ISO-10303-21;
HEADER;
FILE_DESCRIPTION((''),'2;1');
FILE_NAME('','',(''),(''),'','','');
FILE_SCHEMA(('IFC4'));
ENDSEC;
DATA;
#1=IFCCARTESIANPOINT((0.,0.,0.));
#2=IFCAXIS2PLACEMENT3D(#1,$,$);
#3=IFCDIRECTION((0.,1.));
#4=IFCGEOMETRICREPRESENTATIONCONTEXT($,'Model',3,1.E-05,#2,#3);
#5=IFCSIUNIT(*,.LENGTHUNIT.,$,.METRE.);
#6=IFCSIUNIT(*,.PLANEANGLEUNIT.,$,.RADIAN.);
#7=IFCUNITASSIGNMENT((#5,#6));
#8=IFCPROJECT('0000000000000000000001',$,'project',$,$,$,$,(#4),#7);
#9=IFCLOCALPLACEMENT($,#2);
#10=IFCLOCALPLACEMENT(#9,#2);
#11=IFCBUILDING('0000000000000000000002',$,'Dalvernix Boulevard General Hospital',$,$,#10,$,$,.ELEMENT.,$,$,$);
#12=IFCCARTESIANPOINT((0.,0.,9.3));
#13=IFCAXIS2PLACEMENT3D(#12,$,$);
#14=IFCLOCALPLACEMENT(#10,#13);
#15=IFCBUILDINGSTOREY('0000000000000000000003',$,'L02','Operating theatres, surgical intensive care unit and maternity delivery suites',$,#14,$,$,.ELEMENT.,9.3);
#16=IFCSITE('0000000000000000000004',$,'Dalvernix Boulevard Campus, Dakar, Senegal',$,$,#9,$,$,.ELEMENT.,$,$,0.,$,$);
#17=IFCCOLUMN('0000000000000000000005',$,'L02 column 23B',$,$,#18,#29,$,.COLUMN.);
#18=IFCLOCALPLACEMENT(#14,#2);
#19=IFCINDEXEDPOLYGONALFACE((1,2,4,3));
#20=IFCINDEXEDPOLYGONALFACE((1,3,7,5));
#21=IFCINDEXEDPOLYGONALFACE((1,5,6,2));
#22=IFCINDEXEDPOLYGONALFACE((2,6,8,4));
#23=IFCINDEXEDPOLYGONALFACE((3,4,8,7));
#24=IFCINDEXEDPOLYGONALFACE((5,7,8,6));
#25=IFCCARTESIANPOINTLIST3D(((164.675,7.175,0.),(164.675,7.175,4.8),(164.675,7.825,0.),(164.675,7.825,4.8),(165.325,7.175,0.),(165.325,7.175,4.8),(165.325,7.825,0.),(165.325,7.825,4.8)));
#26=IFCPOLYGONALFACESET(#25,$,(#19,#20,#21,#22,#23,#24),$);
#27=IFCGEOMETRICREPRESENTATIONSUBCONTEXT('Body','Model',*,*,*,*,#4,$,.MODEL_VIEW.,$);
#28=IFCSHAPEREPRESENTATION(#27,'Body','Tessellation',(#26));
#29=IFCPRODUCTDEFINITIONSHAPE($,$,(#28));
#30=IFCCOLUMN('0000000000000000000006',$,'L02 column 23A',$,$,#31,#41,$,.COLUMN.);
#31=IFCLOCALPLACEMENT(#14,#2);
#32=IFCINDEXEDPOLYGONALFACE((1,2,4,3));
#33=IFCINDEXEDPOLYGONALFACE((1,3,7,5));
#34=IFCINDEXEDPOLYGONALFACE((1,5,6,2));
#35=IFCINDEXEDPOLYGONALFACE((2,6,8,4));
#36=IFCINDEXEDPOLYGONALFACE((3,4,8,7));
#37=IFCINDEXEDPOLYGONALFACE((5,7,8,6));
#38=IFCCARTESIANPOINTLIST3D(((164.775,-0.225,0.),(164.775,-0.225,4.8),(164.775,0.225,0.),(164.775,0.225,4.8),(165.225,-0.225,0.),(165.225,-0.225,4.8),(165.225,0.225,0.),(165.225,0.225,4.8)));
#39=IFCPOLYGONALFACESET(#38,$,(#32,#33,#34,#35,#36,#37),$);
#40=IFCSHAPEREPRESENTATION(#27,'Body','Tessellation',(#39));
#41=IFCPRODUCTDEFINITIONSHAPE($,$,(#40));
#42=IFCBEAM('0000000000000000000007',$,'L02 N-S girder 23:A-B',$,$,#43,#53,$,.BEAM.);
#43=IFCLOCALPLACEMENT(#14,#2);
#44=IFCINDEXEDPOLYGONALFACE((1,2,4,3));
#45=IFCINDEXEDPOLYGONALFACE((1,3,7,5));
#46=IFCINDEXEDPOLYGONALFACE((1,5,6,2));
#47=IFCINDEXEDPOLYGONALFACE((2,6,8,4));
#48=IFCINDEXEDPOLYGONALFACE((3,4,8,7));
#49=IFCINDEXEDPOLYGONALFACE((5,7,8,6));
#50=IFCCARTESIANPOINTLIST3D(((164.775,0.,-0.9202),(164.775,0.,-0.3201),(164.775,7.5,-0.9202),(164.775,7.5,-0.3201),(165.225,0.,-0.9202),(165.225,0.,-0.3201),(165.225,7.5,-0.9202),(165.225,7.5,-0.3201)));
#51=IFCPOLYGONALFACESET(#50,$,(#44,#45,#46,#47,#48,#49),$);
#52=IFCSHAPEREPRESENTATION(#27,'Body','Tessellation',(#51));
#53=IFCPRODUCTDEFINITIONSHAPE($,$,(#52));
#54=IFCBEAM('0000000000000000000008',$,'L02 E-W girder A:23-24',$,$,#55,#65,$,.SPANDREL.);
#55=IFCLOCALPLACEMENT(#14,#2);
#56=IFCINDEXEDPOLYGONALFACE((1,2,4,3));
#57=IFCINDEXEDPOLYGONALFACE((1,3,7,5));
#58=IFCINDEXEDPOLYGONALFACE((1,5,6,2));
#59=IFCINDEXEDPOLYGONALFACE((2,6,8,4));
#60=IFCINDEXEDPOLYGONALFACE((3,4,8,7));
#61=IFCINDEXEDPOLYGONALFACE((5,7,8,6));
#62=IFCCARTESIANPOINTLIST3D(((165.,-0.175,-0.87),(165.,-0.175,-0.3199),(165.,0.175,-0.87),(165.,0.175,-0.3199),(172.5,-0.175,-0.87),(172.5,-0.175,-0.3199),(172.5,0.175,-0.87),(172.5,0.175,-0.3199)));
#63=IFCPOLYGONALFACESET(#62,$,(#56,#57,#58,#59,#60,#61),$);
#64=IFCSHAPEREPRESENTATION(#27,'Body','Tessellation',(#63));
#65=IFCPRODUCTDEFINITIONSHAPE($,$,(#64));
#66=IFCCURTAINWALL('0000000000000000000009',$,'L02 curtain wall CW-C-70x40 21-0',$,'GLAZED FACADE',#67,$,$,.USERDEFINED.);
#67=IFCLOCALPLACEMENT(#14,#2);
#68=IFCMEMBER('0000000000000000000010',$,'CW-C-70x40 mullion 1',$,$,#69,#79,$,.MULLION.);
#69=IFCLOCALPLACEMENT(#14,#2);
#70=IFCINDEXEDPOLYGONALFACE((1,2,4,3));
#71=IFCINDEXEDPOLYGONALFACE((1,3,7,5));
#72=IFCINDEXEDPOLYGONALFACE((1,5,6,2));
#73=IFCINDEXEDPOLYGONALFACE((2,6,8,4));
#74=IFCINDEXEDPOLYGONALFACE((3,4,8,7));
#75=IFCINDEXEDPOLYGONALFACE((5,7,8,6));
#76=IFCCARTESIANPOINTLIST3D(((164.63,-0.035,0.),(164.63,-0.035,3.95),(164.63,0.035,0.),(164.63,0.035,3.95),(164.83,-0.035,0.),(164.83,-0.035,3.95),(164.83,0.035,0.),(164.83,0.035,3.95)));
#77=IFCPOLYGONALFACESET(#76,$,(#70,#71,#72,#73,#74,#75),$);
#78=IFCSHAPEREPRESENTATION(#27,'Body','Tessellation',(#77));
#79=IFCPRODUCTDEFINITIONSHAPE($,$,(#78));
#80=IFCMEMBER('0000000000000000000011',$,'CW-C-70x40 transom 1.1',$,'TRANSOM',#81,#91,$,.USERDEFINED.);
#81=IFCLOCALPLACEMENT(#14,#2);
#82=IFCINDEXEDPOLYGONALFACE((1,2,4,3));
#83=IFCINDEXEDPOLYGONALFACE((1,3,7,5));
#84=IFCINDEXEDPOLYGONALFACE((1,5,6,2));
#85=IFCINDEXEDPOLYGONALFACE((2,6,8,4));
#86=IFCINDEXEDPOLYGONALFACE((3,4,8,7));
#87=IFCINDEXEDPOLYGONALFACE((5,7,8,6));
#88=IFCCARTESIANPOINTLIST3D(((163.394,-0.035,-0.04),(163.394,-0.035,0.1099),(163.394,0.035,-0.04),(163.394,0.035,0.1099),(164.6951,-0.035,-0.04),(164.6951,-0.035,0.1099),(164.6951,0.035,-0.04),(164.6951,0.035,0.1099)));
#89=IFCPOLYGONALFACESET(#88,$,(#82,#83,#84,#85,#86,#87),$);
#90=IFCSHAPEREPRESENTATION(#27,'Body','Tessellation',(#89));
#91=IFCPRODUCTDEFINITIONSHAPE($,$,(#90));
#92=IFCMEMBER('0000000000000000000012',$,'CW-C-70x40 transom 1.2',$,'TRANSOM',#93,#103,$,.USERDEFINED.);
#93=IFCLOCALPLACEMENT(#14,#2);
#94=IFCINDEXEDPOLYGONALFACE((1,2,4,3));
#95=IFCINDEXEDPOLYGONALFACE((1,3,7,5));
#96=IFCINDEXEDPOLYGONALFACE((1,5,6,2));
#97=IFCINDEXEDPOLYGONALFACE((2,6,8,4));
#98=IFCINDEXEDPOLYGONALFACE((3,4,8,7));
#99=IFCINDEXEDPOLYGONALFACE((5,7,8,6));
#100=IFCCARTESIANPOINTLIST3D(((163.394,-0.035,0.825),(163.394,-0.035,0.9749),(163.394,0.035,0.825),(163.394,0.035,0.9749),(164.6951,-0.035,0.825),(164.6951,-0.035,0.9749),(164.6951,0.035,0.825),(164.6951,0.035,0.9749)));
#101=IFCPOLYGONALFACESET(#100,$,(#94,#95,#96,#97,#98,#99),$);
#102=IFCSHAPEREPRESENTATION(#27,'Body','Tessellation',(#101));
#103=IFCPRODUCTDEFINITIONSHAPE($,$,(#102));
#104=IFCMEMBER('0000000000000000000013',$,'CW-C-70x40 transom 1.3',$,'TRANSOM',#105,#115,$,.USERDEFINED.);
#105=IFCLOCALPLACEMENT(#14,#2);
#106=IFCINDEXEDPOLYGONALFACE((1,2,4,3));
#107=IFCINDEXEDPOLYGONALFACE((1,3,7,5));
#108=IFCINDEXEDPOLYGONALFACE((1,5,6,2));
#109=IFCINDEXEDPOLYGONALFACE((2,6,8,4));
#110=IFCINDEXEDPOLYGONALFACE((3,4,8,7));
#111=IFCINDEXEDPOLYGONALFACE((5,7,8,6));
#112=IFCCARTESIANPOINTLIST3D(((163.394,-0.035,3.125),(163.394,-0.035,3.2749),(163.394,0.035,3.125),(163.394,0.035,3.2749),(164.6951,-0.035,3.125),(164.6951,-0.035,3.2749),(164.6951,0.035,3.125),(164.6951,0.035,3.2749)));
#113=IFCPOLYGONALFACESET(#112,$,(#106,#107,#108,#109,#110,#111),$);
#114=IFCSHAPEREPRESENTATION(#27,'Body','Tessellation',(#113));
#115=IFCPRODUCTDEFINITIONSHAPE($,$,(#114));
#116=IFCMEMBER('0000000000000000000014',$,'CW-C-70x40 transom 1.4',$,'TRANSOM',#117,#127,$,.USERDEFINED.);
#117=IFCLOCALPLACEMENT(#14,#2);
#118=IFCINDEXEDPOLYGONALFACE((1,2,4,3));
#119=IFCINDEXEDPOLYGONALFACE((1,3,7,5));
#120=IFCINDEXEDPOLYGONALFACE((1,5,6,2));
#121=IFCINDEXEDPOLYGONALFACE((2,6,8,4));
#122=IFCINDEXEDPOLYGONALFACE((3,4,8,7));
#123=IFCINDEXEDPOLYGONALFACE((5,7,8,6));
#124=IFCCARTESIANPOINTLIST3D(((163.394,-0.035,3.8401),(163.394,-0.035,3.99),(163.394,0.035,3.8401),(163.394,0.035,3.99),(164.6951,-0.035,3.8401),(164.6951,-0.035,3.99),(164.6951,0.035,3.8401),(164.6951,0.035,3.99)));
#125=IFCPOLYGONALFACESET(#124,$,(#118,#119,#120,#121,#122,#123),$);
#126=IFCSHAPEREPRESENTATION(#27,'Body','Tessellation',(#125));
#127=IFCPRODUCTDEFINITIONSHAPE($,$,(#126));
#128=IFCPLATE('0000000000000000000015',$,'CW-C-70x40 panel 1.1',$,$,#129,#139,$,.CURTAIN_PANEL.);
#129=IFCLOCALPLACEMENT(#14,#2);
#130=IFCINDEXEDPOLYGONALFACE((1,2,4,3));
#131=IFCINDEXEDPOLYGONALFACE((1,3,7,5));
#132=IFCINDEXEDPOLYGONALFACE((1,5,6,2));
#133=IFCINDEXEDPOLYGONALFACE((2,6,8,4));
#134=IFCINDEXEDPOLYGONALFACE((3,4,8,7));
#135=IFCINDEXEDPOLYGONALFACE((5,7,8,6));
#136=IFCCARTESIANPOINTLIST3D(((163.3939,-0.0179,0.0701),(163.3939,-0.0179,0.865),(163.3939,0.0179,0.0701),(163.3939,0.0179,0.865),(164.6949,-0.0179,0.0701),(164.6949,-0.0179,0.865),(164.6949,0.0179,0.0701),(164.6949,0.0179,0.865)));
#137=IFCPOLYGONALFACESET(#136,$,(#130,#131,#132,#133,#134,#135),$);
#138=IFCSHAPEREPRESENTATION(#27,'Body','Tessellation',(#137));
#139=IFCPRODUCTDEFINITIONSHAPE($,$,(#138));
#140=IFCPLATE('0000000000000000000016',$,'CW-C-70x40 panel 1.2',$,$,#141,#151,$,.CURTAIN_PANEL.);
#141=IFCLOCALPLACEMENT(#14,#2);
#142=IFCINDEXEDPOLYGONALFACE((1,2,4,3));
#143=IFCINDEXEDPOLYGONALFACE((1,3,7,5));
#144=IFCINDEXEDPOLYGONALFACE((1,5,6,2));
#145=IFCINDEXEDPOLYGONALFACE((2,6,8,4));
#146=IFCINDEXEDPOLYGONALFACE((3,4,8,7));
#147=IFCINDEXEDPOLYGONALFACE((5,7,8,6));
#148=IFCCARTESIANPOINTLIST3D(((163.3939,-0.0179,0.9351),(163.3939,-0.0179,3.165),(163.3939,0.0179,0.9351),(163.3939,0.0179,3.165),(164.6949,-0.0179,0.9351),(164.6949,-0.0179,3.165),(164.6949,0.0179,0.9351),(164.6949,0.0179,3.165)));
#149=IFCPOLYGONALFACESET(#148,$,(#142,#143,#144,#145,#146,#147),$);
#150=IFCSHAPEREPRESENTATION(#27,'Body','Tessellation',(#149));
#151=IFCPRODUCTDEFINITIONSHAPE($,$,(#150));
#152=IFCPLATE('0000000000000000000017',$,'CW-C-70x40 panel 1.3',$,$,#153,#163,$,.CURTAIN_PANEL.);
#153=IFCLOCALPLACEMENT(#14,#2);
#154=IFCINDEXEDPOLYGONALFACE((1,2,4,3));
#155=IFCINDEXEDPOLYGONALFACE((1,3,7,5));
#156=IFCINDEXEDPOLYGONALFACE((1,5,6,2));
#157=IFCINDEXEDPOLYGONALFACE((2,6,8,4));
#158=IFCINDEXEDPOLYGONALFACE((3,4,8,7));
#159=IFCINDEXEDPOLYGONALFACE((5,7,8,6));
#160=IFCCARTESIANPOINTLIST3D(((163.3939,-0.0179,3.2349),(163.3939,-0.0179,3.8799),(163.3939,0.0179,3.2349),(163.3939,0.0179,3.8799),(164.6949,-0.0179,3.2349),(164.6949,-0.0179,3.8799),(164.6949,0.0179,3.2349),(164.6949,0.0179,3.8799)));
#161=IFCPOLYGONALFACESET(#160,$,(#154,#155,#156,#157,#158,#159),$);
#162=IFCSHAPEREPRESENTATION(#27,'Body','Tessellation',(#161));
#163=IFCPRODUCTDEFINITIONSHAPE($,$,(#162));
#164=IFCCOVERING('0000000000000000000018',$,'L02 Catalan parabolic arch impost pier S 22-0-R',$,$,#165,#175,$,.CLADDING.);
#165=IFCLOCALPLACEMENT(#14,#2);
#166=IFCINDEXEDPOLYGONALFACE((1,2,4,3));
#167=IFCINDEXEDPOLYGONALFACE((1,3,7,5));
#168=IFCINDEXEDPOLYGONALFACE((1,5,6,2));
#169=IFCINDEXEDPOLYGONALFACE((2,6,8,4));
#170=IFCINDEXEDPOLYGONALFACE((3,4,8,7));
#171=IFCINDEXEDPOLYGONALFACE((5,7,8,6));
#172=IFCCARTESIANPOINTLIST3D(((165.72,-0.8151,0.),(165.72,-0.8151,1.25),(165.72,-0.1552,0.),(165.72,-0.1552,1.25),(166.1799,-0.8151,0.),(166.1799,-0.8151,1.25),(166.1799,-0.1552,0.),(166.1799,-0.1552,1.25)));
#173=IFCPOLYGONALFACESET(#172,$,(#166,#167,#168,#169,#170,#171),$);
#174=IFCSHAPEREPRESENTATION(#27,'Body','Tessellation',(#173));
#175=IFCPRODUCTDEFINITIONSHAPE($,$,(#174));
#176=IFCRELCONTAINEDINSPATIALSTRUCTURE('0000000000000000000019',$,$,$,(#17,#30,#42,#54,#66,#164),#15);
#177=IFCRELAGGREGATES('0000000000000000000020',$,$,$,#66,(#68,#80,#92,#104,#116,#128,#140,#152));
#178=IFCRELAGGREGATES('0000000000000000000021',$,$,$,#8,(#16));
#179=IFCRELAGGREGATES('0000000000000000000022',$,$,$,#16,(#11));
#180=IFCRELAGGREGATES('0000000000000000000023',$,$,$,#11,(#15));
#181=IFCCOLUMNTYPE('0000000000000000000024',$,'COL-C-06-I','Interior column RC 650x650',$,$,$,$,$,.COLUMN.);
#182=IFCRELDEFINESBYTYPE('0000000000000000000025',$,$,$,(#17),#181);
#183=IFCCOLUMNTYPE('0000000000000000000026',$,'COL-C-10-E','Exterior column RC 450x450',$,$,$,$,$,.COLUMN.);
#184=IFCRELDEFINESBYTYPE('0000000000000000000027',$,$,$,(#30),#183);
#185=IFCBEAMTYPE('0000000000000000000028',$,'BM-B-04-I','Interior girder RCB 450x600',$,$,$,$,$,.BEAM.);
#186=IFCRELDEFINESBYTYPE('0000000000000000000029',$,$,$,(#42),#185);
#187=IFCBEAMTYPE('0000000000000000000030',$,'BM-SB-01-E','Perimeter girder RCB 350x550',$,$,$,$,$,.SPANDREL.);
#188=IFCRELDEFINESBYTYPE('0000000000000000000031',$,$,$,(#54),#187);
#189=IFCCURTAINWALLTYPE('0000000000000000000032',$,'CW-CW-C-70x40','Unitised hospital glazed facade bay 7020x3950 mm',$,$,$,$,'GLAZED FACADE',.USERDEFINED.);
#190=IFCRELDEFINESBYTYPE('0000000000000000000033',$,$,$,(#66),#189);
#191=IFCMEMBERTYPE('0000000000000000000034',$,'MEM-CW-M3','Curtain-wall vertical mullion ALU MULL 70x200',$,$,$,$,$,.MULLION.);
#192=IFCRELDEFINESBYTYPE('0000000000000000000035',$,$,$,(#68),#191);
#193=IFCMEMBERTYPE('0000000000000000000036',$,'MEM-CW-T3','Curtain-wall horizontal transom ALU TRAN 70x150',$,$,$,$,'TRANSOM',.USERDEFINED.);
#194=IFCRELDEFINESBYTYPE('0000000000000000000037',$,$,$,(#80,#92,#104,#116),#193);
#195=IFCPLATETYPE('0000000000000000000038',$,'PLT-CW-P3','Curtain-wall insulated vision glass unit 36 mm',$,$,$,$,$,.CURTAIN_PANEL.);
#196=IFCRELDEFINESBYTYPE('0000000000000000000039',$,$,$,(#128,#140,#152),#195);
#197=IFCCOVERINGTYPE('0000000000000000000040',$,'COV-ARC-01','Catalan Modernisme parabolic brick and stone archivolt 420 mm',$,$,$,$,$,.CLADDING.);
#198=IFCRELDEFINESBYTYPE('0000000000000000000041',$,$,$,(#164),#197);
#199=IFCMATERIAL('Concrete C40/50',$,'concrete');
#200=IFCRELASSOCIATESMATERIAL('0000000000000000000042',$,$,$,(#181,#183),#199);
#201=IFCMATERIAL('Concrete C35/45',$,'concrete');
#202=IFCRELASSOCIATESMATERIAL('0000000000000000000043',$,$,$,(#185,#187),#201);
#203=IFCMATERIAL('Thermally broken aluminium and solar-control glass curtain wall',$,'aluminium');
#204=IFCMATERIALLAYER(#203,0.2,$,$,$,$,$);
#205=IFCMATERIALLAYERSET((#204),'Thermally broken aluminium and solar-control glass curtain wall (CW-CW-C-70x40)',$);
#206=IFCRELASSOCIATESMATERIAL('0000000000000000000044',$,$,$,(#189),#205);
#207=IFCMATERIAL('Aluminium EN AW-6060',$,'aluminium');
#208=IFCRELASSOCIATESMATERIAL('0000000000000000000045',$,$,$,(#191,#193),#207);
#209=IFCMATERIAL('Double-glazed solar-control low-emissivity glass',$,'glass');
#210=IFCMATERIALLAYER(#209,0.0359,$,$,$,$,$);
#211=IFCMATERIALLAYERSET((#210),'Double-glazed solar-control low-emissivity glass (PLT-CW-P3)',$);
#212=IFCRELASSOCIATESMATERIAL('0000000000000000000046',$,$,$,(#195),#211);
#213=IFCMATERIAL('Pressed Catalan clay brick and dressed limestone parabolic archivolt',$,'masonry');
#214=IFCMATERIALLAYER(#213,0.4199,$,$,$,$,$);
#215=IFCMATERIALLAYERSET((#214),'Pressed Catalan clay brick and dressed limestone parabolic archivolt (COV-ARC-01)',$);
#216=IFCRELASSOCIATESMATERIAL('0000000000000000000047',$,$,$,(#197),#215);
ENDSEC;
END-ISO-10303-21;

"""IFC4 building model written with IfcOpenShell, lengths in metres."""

from ifc_helpers import new_model, si_unit, direction, frame, origin, origin_2d, place, context, subcontext, project, spatial, rectangle, extrude, material, layer, layer_set, material_profile, profile_set, type_object, element, aggregate, save


model = new_model("IFC4")

# Units and contexts
model_context = context("Model", 3, precision=1e-05, world=origin(), true_north=direction((0.0, 1.0)))
body_context = subcontext(model_context, "Body", "Model", "MODEL_VIEW")
ifc_project = project(units=[si_unit("LENGTHUNIT", "METRE"), si_unit("PLANEANGLEUNIT", "RADIAN")], contexts=[model_context])

# Site, building, storey
site_placement = place(None, origin())
site = spatial("IfcSite", under=ifc_project, at=site_placement, Name="Dalvernix Boulevard Campus, Dakar, Senegal", CompositionType="ELEMENT", RefElevation=0.0)
building_placement = place(site_placement, origin())
building = spatial("IfcBuilding", under=site, at=building_placement, Name="Dalvernix Boulevard General Hospital", CompositionType="ELEMENT")
storey_placement = place(building_placement, frame((0.0, 0.0, 9.3)))
storey = spatial("IfcBuildingStorey", under=building, at=storey_placement, Name="L02", Description="Operating theatres, surgical intensive care unit and maternity delivery suites", CompositionType="ELEMENT", Elevation=9.3)

# Columns
ifc_material_1 = material(Name="Concrete C40/50", Category="concrete")
ifc_material_profile_1 = material_profile(ifc_material_1, rectangle(XDim=0.6499, YDim=0.6499, at=origin_2d()), Name="RC 650x650")
ifc_profile_set_1 = profile_set([ifc_material_profile_1], Name="Concrete C40/50")
column_type_1 = type_object("IfcColumnType", Name="COL-C-06-I", Description="Interior column RC 650x650", PredefinedType="COLUMN", material=ifc_profile_set_1)
column_1_placement = place(storey_placement, frame((165.0, 7.5, 0.0), z_axis=(0.0, 0.0, 1.0), x_axis=(1.0, 0.0, 0.0)))
element("IfcColumn", 1, at=column_1_placement, inside=storey, type_object=column_type_1, Name="L02 column 23B", PredefinedType="COLUMN", context=body_context, shape_type="SweptSolid", body=[
    extrude(rectangle(XDim=0.6499, YDim=0.6499, at=origin_2d()), origin(), (0.0, 0.0, 1.0), 4.8),
])
ifc_material_profile_2 = material_profile(ifc_material_1, rectangle(XDim=0.45, YDim=0.45, at=origin_2d()), Name="RC 450x450")
ifc_profile_set_2 = profile_set([ifc_material_profile_2], Name="Concrete C40/50")
column_type_2 = type_object("IfcColumnType", Name="COL-C-10-E", Description="Exterior column RC 450x450", PredefinedType="COLUMN", material=ifc_profile_set_2)
column_2_placement = place(storey_placement, frame((165.0, 0.0, 0.0), z_axis=(0.0, 0.0, 1.0), x_axis=(1.0, 0.0, 0.0)))
element("IfcColumn", 2, at=column_2_placement, inside=storey, type_object=column_type_2, Name="L02 column 23A", PredefinedType="COLUMN", context=body_context, shape_type="SweptSolid", body=[
    extrude(rectangle(XDim=0.45, YDim=0.45, at=origin_2d()), origin(), (0.0, 0.0, 1.0), 4.8),
])

# Beams
ifc_material_2 = material(Name="Concrete C35/45", Category="concrete")
ifc_material_profile_3 = material_profile(ifc_material_2, rectangle(XDim=0.45, YDim=0.6001, at=origin_2d()), Name="RCB 450x600")
ifc_profile_set_3 = profile_set([ifc_material_profile_3], Name="Concrete C35/45")
beam_type_1 = type_object("IfcBeamType", Name="BM-B-04-I", Description="Interior girder RCB 450x600", PredefinedType="BEAM", material=ifc_profile_set_3)
beam_1_placement = place(storey_placement, frame((165.0, 0.0, -0.6201), z_axis=(0.0, 1.0, 0.0), x_axis=(-1.0, 0.0, 0.0)))
element("IfcBeam", 3, at=beam_1_placement, inside=storey, type_object=beam_type_1, Name="L02 N-S girder 23:A-B", PredefinedType="BEAM", context=body_context, shape_type="SweptSolid", body=[
    extrude(rectangle(XDim=0.45, YDim=0.6001, at=origin_2d()), origin(), (0.0, 0.0, 1.0), 7.5),
])
ifc_material_profile_4 = material_profile(ifc_material_2, rectangle(XDim=0.3501, YDim=0.55, at=origin_2d()), Name="RCB 350x550")
ifc_profile_set_4 = profile_set([ifc_material_profile_4], Name="Concrete C35/45")
beam_type_2 = type_object("IfcBeamType", Name="BM-SB-01-E", Description="Perimeter girder RCB 350x550", PredefinedType="SPANDREL", material=ifc_profile_set_4)
beam_2_placement = place(storey_placement, frame((165.0, 0.0, -0.595), z_axis=(1.0, 0.0, 0.0), x_axis=(0.0, 1.0, 0.0)))
element("IfcBeam", 4, at=beam_2_placement, inside=storey, type_object=beam_type_2, Name="L02 E-W girder A:23-24", PredefinedType="SPANDREL", context=body_context, shape_type="SweptSolid", body=[
    extrude(rectangle(XDim=0.3501, YDim=0.55, at=origin_2d()), origin(), (0.0, 0.0, 1.0), 7.5),
])

# Curtain wall, members, plates
ifc_material_3 = material(Name="Thermally broken aluminium and solar-control glass curtain wall", Category="aluminium")
ifc_layer_1 = layer(ifc_material_3, 0.2)
ifc_layer_set_1 = layer_set([ifc_layer_1], Name="Thermally broken aluminium and solar-control glass curtain wall (CW-CW-C-70x40)")
curtain_wall_type = type_object("IfcCurtainWallType", Name="CW-CW-C-70x40", Description="Unitised hospital glazed facade bay 7020x3950 mm", ElementType="GLAZED FACADE", PredefinedType="USERDEFINED", material=ifc_layer_set_1)
curtain_wall_placement = place(storey_placement, origin())
curtain_wall = element("IfcCurtainWall", 5, at=curtain_wall_placement, inside=storey, type_object=curtain_wall_type, Name="L02 curtain wall CW-C-70x40 21-0", ObjectType="GLAZED FACADE", PredefinedType="USERDEFINED")
ifc_material_4 = material(Name="Aluminium EN AW-6060", Category="aluminium")
ifc_material_profile_5 = material_profile(ifc_material_4, rectangle(XDim=0.0701, YDim=0.2, at=origin_2d()), Name="ALU MULL 70x200")
ifc_profile_set_5 = profile_set([ifc_material_profile_5], Name="Aluminium EN AW-6060")
member_type_1 = type_object("IfcMemberType", Name="MEM-CW-M3", Description="Curtain-wall vertical mullion ALU MULL 70x200", PredefinedType="MULLION", material=ifc_profile_set_5)
member_1_placement = place(storey_placement, frame((164.73, 0.0, 0.0), z_axis=(0.0, 0.0, 1.0), x_axis=(0.0, -1.0, 0.0)))
member_1 = element("IfcMember", 6, at=member_1_placement, type_object=member_type_1, Name="CW-C-70x40 mullion 1", PredefinedType="MULLION", context=body_context, shape_type="SweptSolid", body=[
    extrude(rectangle(XDim=0.0701, YDim=0.2, at=origin_2d()), origin(), (0.0, 0.0, 1.0), 3.95),
])
ifc_material_profile_6 = material_profile(ifc_material_4, rectangle(XDim=0.0701, YDim=0.1499, at=origin_2d()), Name="ALU TRAN 70x150")
ifc_profile_set_6 = profile_set([ifc_material_profile_6], Name="Aluminium EN AW-6060")
member_type_2 = type_object("IfcMemberType", Name="MEM-CW-T3", Description="Curtain-wall horizontal transom ALU TRAN 70x150", ElementType="TRANSOM", PredefinedType="USERDEFINED", material=ifc_profile_set_6)
member_2_placement = place(storey_placement, frame((164.6951, 0.0, 0.0349), z_axis=(-1.0, 0.0, 0.0), x_axis=(0.0, -1.0, 0.0)))
member_2 = element("IfcMember", 7, at=member_2_placement, type_object=member_type_2, Name="CW-C-70x40 transom 1.1", ObjectType="TRANSOM", PredefinedType="USERDEFINED", context=body_context, shape_type="SweptSolid", body=[
    extrude(rectangle(XDim=0.0701, YDim=0.1499, at=origin_2d()), origin(), (0.0, 0.0, 1.0), 1.301),
])
member_3_placement = place(storey_placement, frame((164.6951, 0.0, 0.8999), z_axis=(-1.0, 0.0, 0.0), x_axis=(0.0, -1.0, 0.0)))
member_3 = element("IfcMember", 8, at=member_3_placement, type_object=member_type_2, Name="CW-C-70x40 transom 1.2", ObjectType="TRANSOM", PredefinedType="USERDEFINED", context=body_context, shape_type="SweptSolid", body=[
    extrude(rectangle(XDim=0.0701, YDim=0.1499, at=origin_2d()), origin(), (0.0, 0.0, 1.0), 1.301),
])
member_4_placement = place(storey_placement, frame((164.6951, 0.0, 3.2), z_axis=(-1.0, 0.0, 0.0), x_axis=(0.0, -1.0, 0.0)))
member_4 = element("IfcMember", 9, at=member_4_placement, type_object=member_type_2, Name="CW-C-70x40 transom 1.3", ObjectType="TRANSOM", PredefinedType="USERDEFINED", context=body_context, shape_type="SweptSolid", body=[
    extrude(rectangle(XDim=0.0701, YDim=0.1499, at=origin_2d()), origin(), (0.0, 0.0, 1.0), 1.301),
])
member_5_placement = place(storey_placement, frame((164.6951, 0.0, 3.915), z_axis=(-1.0, 0.0, 0.0), x_axis=(0.0, -1.0, 0.0)))
member_5 = element("IfcMember", 10, at=member_5_placement, type_object=member_type_2, Name="CW-C-70x40 transom 1.4", ObjectType="TRANSOM", PredefinedType="USERDEFINED", context=body_context, shape_type="SweptSolid", body=[
    extrude(rectangle(XDim=0.0701, YDim=0.1499, at=origin_2d()), origin(), (0.0, 0.0, 1.0), 1.301),
])
ifc_material_5 = material(Name="Double-glazed solar-control low-emissivity glass", Category="glass")
ifc_layer_2 = layer(ifc_material_5, 0.0359)
ifc_layer_set_2 = layer_set([ifc_layer_2], Name="Double-glazed solar-control low-emissivity glass (PLT-CW-P3)")
plate_type = type_object("IfcPlateType", Name="PLT-CW-P3", Description="Curtain-wall insulated vision glass unit 36 mm", PredefinedType="CURTAIN_PANEL", material=ifc_layer_set_2)
plate_1_placement = place(storey_placement, frame((164.0444, 0.0, 0.0701), z_axis=(0.0, 0.0, 1.0), x_axis=(-1.0, 0.0, 0.0)))
plate_1 = element("IfcPlate", 11, at=plate_1_placement, type_object=plate_type, Name="CW-C-70x40 panel 1.1", PredefinedType="CURTAIN_PANEL", context=body_context, shape_type="SweptSolid", body=[
    extrude(rectangle(XDim=1.301, YDim=0.0359, at=origin_2d()), origin(), (0.0, 0.0, 1.0), 0.7949),
])
plate_2_placement = place(storey_placement, frame((164.0444, 0.0, 0.9351), z_axis=(0.0, 0.0, 1.0), x_axis=(-1.0, 0.0, 0.0)))
plate_2 = element("IfcPlate", 12, at=plate_2_placement, type_object=plate_type, Name="CW-C-70x40 panel 1.2", PredefinedType="CURTAIN_PANEL", context=body_context, shape_type="SweptSolid", body=[
    extrude(rectangle(XDim=1.301, YDim=0.0359, at=origin_2d()), origin(), (0.0, 0.0, 1.0), 2.23),
])
plate_3_placement = place(storey_placement, frame((164.0444, 0.0, 3.2349), z_axis=(0.0, 0.0, 1.0), x_axis=(-1.0, 0.0, 0.0)))
plate_3 = element("IfcPlate", 13, at=plate_3_placement, type_object=plate_type, Name="CW-C-70x40 panel 1.3", PredefinedType="CURTAIN_PANEL", context=body_context, shape_type="SweptSolid", body=[
    extrude(rectangle(XDim=1.301, YDim=0.0359, at=origin_2d()), origin(), (0.0, 0.0, 1.0), 0.645),
])
aggregate(curtain_wall, [member_1, member_2, member_3, member_4, member_5, plate_1, plate_2, plate_3])

# Covering
ifc_material_6 = material(Name="Pressed Catalan clay brick and dressed limestone parabolic archivolt", Category="masonry")
ifc_layer_3 = layer(ifc_material_6, 0.4199)
ifc_layer_set_3 = layer_set([ifc_layer_3], Name="Pressed Catalan clay brick and dressed limestone parabolic archivolt (COV-ARC-01)")
covering_type = type_object("IfcCoveringType", Name="COV-ARC-01", Description="Catalan Modernisme parabolic brick and stone archivolt 420 mm", PredefinedType="CLADDING", material=ifc_layer_set_3)
covering_1_placement = place(storey_placement, frame((165.95, -0.4851, 0.0), z_axis=(0.0, 0.0, 1.0), x_axis=(-1.0, 0.0, 0.0)))
element("IfcCovering", 14, at=covering_1_placement, inside=storey, type_object=covering_type, Name="L02 Catalan parabolic arch impost pier S 22-0-R", PredefinedType="CLADDING", context=body_context, shape_type="SweptSolid", body=[
    extrude(rectangle(XDim=0.46, YDim=0.6599, at=origin_2d()), origin(), (0.0, 0.0, 1.0), 1.25),
])

save(model, "model.ifc")
